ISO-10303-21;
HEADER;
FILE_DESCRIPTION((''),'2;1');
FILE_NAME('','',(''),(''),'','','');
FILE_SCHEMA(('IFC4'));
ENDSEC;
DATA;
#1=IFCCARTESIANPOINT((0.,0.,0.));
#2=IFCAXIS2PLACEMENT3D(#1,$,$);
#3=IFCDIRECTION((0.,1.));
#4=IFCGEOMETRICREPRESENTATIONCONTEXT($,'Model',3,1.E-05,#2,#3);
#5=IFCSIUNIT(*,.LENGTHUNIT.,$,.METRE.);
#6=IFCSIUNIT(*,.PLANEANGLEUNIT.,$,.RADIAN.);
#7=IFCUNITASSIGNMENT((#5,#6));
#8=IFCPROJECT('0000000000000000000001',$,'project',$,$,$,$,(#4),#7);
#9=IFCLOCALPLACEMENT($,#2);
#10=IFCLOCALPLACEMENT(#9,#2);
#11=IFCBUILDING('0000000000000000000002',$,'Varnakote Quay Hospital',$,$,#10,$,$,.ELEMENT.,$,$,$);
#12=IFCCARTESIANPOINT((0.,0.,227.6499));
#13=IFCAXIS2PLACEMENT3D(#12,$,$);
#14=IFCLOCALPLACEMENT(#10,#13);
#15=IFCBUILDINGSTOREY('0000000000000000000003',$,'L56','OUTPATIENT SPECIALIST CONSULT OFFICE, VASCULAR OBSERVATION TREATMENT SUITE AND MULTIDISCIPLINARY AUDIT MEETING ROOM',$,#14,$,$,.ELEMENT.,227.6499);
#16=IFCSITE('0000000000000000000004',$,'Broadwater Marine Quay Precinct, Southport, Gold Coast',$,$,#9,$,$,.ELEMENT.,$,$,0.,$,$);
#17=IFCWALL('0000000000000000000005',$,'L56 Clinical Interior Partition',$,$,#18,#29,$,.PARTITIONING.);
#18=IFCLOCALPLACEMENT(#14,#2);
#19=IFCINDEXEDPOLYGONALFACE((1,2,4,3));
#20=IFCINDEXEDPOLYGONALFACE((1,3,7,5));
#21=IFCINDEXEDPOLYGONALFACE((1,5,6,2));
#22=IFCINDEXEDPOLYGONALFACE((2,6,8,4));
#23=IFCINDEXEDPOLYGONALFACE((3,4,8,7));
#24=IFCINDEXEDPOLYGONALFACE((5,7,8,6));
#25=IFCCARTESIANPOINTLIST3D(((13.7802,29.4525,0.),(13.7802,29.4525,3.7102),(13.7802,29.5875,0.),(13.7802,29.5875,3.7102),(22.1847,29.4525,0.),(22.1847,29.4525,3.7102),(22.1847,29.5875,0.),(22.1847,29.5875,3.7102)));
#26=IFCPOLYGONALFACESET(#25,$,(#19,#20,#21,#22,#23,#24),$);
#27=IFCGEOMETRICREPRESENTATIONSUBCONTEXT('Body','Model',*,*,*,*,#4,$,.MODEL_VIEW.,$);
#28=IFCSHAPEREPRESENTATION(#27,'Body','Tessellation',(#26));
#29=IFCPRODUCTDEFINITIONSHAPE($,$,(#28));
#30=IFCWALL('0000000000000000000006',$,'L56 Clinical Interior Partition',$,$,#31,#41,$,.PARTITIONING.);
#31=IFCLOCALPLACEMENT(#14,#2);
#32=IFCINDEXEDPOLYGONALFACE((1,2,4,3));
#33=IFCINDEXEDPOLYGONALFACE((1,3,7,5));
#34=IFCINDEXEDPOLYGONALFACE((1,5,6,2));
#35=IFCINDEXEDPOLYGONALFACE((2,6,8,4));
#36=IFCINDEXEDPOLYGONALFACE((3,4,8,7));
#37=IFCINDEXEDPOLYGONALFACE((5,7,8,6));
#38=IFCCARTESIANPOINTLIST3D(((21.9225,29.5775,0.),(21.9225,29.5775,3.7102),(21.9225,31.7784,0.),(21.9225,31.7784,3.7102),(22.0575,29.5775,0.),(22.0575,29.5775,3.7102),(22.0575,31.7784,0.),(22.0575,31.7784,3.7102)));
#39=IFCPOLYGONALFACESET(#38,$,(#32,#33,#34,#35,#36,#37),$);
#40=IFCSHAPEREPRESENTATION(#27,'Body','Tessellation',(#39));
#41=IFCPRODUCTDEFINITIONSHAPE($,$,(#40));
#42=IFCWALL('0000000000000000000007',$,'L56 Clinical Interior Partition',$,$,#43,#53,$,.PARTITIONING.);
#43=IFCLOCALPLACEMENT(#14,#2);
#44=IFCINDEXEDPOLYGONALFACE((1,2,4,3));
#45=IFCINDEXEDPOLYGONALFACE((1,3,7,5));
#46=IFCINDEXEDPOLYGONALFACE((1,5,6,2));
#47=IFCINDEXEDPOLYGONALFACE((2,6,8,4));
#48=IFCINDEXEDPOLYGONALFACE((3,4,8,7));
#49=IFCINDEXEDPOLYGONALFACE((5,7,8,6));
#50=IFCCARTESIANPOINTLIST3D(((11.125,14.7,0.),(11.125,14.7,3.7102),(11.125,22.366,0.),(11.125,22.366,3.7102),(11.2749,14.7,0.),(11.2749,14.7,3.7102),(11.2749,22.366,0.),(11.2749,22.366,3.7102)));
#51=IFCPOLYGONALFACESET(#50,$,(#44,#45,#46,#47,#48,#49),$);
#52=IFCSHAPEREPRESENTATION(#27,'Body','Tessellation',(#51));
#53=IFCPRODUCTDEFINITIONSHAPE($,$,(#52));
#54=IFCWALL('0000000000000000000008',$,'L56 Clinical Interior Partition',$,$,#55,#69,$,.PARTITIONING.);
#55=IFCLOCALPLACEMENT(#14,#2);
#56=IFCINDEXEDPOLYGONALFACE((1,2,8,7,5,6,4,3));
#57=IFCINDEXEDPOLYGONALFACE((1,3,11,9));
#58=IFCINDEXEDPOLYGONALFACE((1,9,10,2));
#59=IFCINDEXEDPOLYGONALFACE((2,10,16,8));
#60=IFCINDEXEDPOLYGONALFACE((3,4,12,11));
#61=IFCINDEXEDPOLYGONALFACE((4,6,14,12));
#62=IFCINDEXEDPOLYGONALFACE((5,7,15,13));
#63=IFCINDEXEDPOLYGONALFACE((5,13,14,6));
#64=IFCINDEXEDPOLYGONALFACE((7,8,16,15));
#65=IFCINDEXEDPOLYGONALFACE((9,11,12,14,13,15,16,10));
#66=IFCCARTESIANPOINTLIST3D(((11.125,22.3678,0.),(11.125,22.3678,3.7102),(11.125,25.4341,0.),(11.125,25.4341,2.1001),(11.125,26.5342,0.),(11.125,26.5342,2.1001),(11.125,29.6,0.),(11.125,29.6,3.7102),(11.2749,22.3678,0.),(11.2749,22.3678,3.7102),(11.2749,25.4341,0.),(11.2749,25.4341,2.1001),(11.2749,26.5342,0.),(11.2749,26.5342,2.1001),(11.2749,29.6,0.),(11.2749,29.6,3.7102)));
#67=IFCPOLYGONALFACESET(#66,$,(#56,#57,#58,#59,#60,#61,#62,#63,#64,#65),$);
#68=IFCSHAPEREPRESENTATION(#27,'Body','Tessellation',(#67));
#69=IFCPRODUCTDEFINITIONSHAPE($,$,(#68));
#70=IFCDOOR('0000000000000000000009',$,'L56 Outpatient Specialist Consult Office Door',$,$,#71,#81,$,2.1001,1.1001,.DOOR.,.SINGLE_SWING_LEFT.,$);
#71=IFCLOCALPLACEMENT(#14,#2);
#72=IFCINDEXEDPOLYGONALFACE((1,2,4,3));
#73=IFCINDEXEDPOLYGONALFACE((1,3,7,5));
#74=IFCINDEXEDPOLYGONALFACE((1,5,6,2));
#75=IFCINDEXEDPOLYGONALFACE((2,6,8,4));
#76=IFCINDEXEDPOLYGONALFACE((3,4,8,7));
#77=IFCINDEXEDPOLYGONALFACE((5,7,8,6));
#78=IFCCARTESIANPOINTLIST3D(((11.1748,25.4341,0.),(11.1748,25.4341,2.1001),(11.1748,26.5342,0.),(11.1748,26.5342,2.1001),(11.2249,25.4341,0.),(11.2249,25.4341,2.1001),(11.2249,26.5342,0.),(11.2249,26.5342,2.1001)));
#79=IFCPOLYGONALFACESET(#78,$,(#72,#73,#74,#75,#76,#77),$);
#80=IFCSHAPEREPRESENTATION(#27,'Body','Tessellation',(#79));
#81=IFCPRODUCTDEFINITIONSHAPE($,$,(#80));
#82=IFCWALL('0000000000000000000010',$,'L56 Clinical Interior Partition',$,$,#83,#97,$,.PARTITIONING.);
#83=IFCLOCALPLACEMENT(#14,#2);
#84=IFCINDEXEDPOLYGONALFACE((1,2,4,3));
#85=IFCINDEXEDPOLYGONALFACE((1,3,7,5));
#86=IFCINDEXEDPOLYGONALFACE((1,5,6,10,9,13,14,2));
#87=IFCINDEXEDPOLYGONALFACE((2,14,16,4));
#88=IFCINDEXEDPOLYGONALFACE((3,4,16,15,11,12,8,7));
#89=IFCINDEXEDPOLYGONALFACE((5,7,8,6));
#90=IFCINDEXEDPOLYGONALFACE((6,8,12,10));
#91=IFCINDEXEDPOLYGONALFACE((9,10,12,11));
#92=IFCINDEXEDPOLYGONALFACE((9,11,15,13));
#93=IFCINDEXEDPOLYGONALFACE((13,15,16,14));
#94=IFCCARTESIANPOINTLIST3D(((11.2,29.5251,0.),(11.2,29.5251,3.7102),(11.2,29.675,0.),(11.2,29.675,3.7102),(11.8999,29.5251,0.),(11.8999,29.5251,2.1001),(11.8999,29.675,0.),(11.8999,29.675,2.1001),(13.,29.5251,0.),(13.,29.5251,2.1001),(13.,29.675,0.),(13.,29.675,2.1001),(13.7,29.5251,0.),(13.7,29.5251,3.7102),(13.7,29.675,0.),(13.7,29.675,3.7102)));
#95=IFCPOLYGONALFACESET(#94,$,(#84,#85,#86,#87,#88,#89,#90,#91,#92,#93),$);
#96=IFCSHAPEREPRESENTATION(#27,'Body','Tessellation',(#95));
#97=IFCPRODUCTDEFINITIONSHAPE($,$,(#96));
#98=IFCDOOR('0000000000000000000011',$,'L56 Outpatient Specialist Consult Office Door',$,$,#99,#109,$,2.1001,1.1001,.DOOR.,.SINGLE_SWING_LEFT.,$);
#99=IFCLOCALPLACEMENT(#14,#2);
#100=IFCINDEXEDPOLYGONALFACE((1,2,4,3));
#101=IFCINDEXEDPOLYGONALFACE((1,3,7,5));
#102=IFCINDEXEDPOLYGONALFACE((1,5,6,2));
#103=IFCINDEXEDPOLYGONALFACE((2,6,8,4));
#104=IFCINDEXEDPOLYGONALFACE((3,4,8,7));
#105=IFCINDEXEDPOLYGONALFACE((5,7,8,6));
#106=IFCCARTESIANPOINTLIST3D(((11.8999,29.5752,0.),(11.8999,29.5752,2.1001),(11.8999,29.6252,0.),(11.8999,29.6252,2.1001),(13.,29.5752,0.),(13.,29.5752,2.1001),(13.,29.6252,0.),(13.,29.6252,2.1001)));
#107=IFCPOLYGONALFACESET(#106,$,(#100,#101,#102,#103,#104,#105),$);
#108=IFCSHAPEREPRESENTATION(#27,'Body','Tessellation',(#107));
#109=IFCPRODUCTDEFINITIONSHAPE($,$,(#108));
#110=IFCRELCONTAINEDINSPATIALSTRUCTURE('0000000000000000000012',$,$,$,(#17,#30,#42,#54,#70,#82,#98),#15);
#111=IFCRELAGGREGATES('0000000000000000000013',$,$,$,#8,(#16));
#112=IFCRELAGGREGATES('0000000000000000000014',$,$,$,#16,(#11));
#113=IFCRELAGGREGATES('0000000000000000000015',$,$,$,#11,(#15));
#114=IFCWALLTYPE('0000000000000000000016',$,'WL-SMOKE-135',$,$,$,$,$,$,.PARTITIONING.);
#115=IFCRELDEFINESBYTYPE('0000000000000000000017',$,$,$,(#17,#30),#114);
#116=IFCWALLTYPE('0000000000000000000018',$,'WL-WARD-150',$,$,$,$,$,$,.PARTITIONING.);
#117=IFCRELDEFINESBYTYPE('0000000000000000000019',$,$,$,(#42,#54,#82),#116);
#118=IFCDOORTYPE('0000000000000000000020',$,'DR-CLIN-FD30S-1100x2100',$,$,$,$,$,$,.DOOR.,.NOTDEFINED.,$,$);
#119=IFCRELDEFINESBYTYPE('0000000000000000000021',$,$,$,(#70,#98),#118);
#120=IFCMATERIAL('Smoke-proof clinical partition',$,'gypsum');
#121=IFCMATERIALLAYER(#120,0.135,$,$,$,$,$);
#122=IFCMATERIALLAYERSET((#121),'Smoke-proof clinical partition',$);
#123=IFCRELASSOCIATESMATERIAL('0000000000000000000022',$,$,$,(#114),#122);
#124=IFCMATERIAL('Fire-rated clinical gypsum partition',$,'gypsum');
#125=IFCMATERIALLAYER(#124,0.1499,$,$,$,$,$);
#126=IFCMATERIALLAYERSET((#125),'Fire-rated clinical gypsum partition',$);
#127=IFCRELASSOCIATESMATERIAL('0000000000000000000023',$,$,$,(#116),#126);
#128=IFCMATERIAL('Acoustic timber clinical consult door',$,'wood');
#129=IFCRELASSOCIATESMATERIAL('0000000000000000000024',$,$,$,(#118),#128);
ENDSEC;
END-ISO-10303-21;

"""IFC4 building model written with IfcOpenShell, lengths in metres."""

from ifc_helpers import new_model, si_unit, direction, frame, frame_2d, origin, place, context, subcontext, project, spatial, rectangle, extrude, material, layer, layer_set, type_object, element, fill, save


model = new_model("IFC4")

# Units and contexts
model_context = context("Model", 3, precision=1e-05, world=origin(), true_north=direction((0.0, 1.0)))
body_context = subcontext(model_context, "Body", "Model", "MODEL_VIEW")
ifc_project = project(units=[si_unit("LENGTHUNIT", "METRE"), si_unit("PLANEANGLEUNIT", "RADIAN")], contexts=[model_context])

# Site, building, storey
site_placement = place(None, origin())
site = spatial("IfcSite", under=ifc_project, at=site_placement, Name="Broadwater Marine Quay Precinct, Southport, Gold Coast", CompositionType="ELEMENT", RefElevation=0.0)
building_placement = place(site_placement, origin())
building = spatial("IfcBuilding", under=site, at=building_placement, Name="Varnakote Quay Hospital", CompositionType="ELEMENT")
storey_placement = place(building_placement, frame((0.0, 0.0, 227.6499)))
storey = spatial("IfcBuildingStorey", under=building, at=storey_placement, Name="L56", Description="OUTPATIENT SPECIALIST CONSULT OFFICE, VASCULAR OBSERVATION TREATMENT SUITE AND MULTIDISCIPLINARY AUDIT MEETING ROOM", CompositionType="ELEMENT", Elevation=227.6499)

# Walls
ifc_material_1 = material(Name="Smoke-proof clinical partition", Category="gypsum")
ifc_layer_1 = layer(ifc_material_1, 0.135)
ifc_layer_set_1 = layer_set([ifc_layer_1], Name="Smoke-proof clinical partition")
wall_type_1 = type_object("IfcWallType", Name="WL-SMOKE-135", PredefinedType="PARTITIONING", material=ifc_layer_set_1)
wall_1_placement = place(storey_placement, frame((22.1846, 29.52, 0.0), z_axis=(0.0, 0.0, 1.0), x_axis=(-1.0, 0.0, 0.0)))
element("IfcWall", 1, at=wall_1_placement, inside=storey, type_object=wall_type_1, Name="L56 Clinical Interior Partition", PredefinedType="PARTITIONING", context=body_context, shape_type="SweptSolid", body=[
    extrude(rectangle(XDim=8.4045, YDim=0.135, at=frame_2d((4.2021, 0.0))), origin(), (0.0, 0.0, 1.0), 3.7102),
])
wall_2_placement = place(storey_placement, frame((21.99, 29.5774, 0.0), z_axis=(0.0, 0.0, 1.0), x_axis=(0.0, 1.0, 0.0)))
element("IfcWall", 2, at=wall_2_placement, inside=storey, type_object=wall_type_1, Name="L56 Clinical Interior Partition", PredefinedType="PARTITIONING", context=body_context, shape_type="SweptSolid", body=[
    extrude(rectangle(XDim=2.2009, YDim=0.135, at=frame_2d((1.1006, 0.0))), origin(), (0.0, 0.0, 1.0), 3.7102),
])
ifc_material_2 = material(Name="Fire-rated clinical gypsum partition", Category="gypsum")
ifc_layer_2 = layer(ifc_material_2, 0.1499)
ifc_layer_set_2 = layer_set([ifc_layer_2], Name="Fire-rated clinical gypsum partition")
wall_type_2 = type_object("IfcWallType", Name="WL-WARD-150", PredefinedType="PARTITIONING", material=ifc_layer_set_2)
wall_3_placement = place(storey_placement, frame((11.2, 22.366, 0.0), z_axis=(0.0, 0.0, 1.0), x_axis=(0.0, -1.0, 0.0)))
element("IfcWall", 3, at=wall_3_placement, inside=storey, type_object=wall_type_2, Name="L56 Clinical Interior Partition", PredefinedType="PARTITIONING", context=body_context, shape_type="SweptSolid", body=[
    extrude(rectangle(XDim=7.666, YDim=0.1499, at=frame_2d((3.833, 0.0))), origin(), (0.0, 0.0, 1.0), 3.7102),
])

# Walls, openings, doors
wall_4_placement = place(storey_placement, frame((11.2, 29.6001, 0.0), z_axis=(0.0, 0.0, 1.0), x_axis=(0.0, -1.0, 0.0)))
wall_4 = element("IfcWall", 4, at=wall_4_placement, inside=storey, type_object=wall_type_2, Name="L56 Clinical Interior Partition", PredefinedType="PARTITIONING", context=body_context, shape_type="SweptSolid", body=[
    extrude(rectangle(XDim=7.2322, YDim=0.1499, at=frame_2d((3.6162, 0.0))), origin(), (0.0, 0.0, 1.0), 3.7102),
])
opening_1_placement = place(wall_4_placement, frame((3.0659, 0.0, 0.0)))
opening_1 = element("IfcOpeningElement", 5, at=opening_1_placement, cuts=wall_4, PredefinedType="OPENING", context=body_context, shape_type="SweptSolid", body=[
    extrude(rectangle(XDim=1.1001, YDim=2.1001, at=frame_2d((0.55, 1.05))), frame((0.0, 0.085, 0.0), z_axis=(0.0, -1.0, 0.0), x_axis=(1.0, 0.0, 0.0)), (0.0, 0.0, 1.0), 0.1699),
])
ifc_material_3 = material(Name="Acoustic timber clinical consult door", Category="wood")
door_type = type_object("IfcDoorType", Name="DR-CLIN-FD30S-1100x2100", OperationType="NOTDEFINED", PredefinedType="DOOR", material=ifc_material_3)
door_1_placement = place(opening_1_placement, origin())
door_1 = element("IfcDoor", 6, at=door_1_placement, inside=storey, type_object=door_type, Name="L56 Outpatient Specialist Consult Office Door", OperationType="SINGLE_SWING_LEFT", OverallHeight=2.1001, OverallWidth=1.1001, PredefinedType="DOOR", context=body_context, shape_type="SweptSolid", body=[
    extrude(rectangle(XDim=1.1001, YDim=2.1001, at=frame_2d((0.55, 1.05))), frame((0.0, 0.0249, 0.0), z_axis=(0.0, -1.0, 0.0), x_axis=(1.0, 0.0, 0.0)), (0.0, 0.0, 1.0), 0.05),
])
fill(opening_1, door_1)
wall_5_placement = place(storey_placement, frame((13.7, 29.6001, 0.0), z_axis=(0.0, 0.0, 1.0), x_axis=(-1.0, 0.0, 0.0)))
wall_5 = element("IfcWall", 7, at=wall_5_placement, inside=storey, type_object=wall_type_2, Name="L56 Clinical Interior Partition", PredefinedType="PARTITIONING", context=body_context, shape_type="SweptSolid", body=[
    extrude(rectangle(XDim=2.5, YDim=0.1499, at=frame_2d((1.25, 0.0))), origin(), (0.0, 0.0, 1.0), 3.7102),
])
opening_2_placement = place(wall_5_placement, frame((0.7, 0.0, 0.0)))
opening_2 = element("IfcOpeningElement", 8, at=opening_2_placement, cuts=wall_5, PredefinedType="OPENING", context=body_context, shape_type="SweptSolid", body=[
    extrude(rectangle(XDim=1.1001, YDim=2.1001, at=frame_2d((0.55, 1.05))), frame((0.0, 0.085, 0.0), z_axis=(0.0, -1.0, 0.0), x_axis=(1.0, 0.0, 0.0)), (0.0, 0.0, 1.0), 0.1699),
])
door_2_placement = place(opening_2_placement, origin())
door_2 = element("IfcDoor", 9, at=door_2_placement, inside=storey, type_object=door_type, Name="L56 Outpatient Specialist Consult Office Door", OperationType="SINGLE_SWING_LEFT", OverallHeight=2.1001, OverallWidth=1.1001, PredefinedType="DOOR", context=body_context, shape_type="SweptSolid", body=[
    extrude(rectangle(XDim=1.1001, YDim=2.1001, at=frame_2d((0.55, 1.05))), frame((0.0, 0.0249, 0.0), z_axis=(0.0, -1.0, 0.0), x_axis=(1.0, 0.0, 0.0)), (0.0, 0.0, 1.0), 0.05),
])
fill(opening_2, door_2)

save(model, "model.ifc")
